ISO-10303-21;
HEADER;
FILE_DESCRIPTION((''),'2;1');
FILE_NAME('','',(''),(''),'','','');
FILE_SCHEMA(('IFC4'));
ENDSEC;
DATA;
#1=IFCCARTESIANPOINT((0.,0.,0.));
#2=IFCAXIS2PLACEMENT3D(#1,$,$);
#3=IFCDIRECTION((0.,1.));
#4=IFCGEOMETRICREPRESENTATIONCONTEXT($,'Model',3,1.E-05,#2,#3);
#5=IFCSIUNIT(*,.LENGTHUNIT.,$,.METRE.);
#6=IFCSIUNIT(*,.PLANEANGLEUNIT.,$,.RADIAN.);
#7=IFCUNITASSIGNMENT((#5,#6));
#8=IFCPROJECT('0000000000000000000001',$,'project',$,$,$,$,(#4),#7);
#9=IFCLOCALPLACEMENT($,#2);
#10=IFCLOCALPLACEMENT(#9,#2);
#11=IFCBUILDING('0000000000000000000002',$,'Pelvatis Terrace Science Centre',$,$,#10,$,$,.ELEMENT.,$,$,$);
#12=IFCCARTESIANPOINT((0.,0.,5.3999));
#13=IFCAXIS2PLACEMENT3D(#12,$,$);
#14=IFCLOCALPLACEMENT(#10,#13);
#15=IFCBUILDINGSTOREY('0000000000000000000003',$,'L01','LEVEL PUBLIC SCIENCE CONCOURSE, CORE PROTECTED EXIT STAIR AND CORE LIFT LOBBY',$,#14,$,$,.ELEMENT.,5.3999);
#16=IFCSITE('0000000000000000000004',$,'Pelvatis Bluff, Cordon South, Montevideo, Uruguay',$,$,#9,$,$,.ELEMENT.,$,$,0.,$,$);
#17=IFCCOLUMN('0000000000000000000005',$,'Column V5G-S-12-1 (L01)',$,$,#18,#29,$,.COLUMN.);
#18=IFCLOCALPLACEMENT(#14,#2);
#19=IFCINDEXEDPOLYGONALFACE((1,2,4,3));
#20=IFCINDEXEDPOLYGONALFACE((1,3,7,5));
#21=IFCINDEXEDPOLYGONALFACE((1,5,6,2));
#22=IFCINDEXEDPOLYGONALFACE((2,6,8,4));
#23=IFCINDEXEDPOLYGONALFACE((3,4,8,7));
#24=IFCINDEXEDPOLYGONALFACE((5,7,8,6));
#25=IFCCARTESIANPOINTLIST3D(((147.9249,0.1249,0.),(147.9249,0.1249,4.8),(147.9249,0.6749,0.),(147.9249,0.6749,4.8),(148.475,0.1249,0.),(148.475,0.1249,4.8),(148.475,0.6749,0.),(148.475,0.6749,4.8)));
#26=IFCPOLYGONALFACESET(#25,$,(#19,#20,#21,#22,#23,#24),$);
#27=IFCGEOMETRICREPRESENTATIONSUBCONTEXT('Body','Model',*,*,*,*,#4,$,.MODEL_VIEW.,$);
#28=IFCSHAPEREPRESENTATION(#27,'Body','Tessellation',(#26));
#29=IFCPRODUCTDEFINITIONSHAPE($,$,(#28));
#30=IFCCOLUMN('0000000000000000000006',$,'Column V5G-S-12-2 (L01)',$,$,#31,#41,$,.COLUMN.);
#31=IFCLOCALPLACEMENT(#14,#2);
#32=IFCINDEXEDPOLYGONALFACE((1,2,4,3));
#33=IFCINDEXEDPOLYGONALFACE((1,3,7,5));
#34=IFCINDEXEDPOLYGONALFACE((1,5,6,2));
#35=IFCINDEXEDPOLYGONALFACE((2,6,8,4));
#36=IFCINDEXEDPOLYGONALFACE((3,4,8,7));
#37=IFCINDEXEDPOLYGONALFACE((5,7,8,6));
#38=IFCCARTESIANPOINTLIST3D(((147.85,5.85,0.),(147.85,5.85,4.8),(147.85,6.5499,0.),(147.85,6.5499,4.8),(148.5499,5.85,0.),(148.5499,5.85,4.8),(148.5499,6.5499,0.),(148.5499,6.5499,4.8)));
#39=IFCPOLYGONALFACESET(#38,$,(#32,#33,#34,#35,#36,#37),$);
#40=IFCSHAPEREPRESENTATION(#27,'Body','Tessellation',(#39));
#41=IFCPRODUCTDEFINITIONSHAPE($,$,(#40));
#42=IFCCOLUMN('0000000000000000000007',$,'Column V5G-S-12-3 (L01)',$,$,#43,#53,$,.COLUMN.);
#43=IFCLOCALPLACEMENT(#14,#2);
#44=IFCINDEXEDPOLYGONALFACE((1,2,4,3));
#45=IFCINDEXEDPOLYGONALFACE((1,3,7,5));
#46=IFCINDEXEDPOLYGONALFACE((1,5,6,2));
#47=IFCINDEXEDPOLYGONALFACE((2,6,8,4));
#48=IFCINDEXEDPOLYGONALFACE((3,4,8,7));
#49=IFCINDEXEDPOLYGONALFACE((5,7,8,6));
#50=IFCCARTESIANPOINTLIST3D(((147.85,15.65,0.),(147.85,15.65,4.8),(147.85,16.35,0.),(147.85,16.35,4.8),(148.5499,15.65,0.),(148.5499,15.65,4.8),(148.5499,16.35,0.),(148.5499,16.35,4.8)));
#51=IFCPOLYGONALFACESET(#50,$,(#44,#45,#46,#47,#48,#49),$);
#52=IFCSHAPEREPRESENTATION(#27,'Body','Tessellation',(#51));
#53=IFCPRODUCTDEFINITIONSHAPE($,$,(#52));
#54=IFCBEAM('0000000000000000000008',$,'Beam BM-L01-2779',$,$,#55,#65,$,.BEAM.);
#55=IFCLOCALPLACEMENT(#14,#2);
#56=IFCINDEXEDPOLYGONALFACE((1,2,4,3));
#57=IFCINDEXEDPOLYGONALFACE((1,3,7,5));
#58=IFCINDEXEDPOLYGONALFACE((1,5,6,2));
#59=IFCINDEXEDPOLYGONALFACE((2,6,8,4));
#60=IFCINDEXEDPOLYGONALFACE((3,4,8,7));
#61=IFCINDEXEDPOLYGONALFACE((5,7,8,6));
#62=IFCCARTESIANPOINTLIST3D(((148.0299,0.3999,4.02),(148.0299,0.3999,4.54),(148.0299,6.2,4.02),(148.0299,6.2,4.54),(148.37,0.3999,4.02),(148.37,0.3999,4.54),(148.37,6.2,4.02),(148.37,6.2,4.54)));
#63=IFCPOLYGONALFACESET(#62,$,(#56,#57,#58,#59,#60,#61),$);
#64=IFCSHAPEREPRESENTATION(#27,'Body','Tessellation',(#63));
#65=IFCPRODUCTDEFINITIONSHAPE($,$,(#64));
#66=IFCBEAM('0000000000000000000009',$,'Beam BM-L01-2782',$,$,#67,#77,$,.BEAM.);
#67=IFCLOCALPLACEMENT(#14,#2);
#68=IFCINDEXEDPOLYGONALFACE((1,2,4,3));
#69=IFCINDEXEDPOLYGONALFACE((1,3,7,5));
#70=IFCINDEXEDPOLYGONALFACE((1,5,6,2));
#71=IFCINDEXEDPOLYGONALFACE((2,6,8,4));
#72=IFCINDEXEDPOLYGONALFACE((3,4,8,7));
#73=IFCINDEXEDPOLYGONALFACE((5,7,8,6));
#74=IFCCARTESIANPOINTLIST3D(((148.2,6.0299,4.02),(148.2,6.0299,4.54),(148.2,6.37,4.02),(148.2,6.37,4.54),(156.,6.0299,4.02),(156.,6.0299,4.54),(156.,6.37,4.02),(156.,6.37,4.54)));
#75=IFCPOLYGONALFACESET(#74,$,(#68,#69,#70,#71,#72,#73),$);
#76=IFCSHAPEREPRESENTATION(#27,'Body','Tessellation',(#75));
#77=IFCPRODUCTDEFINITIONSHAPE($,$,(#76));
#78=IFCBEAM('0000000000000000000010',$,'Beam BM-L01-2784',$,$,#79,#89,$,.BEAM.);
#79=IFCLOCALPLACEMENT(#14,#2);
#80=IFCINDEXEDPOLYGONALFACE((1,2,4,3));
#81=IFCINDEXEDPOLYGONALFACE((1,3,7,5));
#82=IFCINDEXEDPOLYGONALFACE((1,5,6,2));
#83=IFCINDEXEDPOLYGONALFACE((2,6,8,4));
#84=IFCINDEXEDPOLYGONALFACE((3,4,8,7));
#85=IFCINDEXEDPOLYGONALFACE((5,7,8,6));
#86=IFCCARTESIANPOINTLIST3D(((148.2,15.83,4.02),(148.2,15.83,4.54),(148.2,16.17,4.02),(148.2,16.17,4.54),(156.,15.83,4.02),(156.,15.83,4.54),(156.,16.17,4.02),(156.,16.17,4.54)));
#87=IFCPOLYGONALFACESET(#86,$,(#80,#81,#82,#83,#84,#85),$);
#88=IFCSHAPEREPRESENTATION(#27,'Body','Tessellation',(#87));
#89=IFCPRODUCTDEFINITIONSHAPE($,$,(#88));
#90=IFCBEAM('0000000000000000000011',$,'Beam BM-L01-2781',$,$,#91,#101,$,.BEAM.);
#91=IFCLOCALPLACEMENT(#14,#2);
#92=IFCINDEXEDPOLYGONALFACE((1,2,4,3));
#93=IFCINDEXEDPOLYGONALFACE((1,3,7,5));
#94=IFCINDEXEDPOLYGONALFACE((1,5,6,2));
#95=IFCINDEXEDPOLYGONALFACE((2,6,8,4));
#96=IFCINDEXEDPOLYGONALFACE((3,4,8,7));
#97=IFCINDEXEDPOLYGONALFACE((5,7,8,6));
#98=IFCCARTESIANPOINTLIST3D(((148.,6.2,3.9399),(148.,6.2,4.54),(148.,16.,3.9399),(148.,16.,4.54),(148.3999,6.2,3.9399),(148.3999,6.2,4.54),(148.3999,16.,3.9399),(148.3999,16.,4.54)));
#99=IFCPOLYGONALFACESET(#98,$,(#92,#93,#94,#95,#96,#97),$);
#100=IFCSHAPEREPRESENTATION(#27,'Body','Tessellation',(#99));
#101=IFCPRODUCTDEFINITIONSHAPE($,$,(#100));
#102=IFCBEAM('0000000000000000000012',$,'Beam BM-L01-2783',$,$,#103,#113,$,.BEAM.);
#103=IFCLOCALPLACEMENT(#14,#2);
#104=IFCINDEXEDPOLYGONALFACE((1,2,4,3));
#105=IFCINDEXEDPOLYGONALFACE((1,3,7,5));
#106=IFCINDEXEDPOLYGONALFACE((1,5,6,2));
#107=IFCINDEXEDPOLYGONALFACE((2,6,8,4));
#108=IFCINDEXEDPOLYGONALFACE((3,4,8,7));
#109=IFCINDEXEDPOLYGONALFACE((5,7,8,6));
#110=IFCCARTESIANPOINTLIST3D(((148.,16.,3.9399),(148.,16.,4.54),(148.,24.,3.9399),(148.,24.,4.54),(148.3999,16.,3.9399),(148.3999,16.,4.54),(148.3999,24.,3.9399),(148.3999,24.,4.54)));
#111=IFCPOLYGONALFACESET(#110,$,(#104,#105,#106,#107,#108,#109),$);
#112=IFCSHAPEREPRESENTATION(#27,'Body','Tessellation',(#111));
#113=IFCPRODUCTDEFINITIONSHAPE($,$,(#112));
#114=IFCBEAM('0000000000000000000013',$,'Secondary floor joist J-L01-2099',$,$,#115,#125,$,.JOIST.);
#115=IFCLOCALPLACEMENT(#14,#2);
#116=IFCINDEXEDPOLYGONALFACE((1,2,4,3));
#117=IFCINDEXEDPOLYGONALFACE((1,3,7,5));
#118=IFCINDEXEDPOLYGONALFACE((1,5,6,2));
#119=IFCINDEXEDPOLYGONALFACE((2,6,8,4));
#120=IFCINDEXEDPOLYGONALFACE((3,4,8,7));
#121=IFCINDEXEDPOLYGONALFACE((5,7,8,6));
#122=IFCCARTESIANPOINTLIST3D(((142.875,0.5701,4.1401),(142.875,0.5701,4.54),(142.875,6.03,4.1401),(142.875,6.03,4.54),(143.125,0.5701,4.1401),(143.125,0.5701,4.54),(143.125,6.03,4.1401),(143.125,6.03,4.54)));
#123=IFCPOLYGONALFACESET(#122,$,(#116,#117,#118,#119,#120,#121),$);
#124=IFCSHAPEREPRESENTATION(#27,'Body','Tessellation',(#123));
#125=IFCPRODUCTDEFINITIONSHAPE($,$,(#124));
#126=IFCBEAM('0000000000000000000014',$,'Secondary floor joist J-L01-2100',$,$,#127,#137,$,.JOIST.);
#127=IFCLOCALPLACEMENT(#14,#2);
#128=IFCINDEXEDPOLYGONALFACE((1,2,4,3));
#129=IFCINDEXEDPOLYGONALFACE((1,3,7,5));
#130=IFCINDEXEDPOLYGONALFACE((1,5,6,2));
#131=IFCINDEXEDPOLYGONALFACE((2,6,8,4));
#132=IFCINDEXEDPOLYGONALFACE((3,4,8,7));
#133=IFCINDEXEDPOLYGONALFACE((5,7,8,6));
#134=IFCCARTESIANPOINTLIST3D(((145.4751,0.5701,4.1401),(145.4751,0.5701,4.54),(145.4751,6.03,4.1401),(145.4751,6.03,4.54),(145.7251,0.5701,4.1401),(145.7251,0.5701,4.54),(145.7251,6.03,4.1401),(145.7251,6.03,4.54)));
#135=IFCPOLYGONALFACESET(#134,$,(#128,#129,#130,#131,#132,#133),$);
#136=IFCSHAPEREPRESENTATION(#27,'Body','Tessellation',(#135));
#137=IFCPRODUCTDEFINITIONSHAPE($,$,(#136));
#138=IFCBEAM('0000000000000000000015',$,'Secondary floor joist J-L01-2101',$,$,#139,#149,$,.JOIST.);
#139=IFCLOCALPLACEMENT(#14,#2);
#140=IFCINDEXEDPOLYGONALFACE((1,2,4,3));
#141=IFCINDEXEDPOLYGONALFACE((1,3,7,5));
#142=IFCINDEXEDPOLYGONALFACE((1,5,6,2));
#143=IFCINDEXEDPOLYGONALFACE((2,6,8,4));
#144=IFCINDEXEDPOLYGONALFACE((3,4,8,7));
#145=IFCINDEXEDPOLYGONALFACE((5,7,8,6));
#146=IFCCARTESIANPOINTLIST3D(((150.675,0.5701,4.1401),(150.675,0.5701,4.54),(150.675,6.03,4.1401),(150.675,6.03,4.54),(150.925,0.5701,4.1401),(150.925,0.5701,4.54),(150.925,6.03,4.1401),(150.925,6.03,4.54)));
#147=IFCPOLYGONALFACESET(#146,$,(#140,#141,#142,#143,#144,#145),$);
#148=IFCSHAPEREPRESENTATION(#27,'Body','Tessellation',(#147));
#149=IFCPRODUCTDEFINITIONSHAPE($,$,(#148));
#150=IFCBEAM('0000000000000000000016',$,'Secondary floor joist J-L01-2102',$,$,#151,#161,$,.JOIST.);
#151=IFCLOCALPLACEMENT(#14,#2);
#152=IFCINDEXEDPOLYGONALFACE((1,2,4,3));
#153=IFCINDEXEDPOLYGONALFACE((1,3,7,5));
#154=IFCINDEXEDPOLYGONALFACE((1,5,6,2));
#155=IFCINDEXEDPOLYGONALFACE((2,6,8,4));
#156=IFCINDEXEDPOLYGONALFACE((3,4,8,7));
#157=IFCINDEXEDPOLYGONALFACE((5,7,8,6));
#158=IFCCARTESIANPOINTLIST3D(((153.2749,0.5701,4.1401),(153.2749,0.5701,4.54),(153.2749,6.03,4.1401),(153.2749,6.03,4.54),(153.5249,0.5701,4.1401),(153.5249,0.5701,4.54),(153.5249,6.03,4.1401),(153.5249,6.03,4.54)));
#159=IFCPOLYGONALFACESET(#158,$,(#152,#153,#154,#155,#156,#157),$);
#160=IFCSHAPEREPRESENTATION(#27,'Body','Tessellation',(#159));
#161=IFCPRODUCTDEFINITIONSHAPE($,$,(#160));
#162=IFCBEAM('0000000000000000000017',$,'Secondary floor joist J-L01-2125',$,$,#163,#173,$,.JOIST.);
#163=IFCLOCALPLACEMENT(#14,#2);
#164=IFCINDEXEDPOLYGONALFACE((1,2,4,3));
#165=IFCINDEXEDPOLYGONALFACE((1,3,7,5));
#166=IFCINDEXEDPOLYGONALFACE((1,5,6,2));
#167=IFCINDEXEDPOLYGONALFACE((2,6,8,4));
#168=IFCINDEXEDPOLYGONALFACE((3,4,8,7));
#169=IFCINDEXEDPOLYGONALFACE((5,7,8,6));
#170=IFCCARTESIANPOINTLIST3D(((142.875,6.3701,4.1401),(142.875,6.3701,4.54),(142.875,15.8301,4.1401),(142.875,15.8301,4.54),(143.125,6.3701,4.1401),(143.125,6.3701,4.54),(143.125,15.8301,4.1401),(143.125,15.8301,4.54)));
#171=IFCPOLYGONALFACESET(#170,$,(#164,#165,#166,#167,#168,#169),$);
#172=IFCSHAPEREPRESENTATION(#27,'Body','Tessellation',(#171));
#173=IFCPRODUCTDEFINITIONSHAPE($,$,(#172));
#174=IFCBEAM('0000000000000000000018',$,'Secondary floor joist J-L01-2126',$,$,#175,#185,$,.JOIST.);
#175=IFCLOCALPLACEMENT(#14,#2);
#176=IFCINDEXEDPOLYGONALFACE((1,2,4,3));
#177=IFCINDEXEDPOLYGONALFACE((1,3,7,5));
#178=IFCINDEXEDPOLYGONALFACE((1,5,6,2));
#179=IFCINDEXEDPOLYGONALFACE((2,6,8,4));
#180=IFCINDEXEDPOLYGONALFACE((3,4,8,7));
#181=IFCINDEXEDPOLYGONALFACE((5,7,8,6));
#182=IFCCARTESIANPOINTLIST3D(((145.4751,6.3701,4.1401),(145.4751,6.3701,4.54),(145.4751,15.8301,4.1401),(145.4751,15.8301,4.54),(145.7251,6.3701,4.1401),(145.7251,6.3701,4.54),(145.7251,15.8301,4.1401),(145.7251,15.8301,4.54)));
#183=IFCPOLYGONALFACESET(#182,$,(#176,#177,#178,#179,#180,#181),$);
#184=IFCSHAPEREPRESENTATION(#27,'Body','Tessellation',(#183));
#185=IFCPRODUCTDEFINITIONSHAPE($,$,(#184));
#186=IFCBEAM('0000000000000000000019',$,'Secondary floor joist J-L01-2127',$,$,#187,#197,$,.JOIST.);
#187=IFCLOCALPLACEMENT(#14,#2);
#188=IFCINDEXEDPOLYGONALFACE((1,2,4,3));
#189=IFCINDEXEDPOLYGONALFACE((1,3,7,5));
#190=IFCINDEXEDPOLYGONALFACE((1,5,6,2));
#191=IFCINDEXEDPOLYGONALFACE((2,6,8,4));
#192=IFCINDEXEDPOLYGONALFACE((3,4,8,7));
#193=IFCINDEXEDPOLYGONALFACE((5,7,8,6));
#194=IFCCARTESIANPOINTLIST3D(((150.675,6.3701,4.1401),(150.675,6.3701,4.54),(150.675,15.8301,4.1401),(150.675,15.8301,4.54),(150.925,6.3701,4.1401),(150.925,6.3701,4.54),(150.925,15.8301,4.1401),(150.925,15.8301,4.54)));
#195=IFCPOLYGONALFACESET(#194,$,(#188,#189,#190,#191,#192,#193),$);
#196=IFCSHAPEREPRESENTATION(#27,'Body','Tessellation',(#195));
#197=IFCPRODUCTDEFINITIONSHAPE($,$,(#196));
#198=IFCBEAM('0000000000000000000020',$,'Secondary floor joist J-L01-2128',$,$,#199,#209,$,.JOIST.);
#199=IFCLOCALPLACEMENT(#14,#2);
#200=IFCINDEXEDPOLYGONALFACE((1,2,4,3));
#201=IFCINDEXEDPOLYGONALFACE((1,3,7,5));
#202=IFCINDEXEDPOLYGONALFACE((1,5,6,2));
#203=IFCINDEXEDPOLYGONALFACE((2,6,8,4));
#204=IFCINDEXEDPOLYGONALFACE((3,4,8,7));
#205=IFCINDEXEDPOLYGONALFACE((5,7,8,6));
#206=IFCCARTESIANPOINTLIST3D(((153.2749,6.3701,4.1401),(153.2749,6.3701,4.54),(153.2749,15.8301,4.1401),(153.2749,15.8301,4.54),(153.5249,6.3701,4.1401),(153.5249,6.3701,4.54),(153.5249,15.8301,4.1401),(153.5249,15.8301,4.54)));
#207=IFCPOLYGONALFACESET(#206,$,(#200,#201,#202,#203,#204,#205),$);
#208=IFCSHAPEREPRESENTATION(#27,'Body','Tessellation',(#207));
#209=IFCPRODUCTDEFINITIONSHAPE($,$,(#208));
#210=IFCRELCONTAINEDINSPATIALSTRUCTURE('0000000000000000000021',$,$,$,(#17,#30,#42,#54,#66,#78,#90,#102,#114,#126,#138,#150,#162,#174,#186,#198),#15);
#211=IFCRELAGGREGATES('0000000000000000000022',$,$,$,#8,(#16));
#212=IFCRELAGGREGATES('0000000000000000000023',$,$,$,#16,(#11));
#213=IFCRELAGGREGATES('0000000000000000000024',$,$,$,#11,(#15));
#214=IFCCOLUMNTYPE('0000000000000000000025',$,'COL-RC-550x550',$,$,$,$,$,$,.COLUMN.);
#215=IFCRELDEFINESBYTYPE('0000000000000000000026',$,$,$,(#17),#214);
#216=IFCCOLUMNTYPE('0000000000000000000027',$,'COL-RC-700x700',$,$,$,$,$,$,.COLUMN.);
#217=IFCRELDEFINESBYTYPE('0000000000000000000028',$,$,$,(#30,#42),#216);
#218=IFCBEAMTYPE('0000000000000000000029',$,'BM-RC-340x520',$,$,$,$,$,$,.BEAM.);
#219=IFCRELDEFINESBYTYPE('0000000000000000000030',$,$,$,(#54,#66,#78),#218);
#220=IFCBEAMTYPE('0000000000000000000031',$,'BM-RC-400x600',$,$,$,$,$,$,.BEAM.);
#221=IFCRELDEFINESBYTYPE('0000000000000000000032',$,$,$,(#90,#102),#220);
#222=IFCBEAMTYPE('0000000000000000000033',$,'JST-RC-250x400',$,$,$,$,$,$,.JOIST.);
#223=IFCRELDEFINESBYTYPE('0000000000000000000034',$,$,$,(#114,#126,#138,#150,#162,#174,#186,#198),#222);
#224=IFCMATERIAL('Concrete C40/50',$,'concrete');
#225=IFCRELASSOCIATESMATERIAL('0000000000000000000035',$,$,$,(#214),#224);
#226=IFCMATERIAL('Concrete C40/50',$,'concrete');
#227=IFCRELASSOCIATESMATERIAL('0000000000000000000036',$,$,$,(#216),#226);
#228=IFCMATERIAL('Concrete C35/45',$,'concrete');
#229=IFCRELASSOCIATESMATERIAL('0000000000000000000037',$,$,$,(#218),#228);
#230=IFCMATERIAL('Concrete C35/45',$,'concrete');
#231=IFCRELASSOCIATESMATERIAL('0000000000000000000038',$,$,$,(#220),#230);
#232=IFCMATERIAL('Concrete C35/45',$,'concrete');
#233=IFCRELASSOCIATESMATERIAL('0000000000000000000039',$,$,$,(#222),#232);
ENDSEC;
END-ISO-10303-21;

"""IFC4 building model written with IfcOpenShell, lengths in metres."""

from ifc_helpers import new_model, si_unit, direction, frame, origin, origin_2d, place, context, subcontext, project, spatial, rectangle, extrude, material, material_profile, profile_set, type_object, element, save


model = new_model("IFC4")

# Units and contexts
model_context = context("Model", 3, precision=1e-05, world=origin(), true_north=direction((0.0, 1.0)))
body_context = subcontext(model_context, "Body", "Model", "MODEL_VIEW")
ifc_project = project(units=[si_unit("LENGTHUNIT", "METRE"), si_unit("PLANEANGLEUNIT", "RADIAN")], contexts=[model_context])

# Site, building, storey
site_placement = place(None, origin())
site = spatial("IfcSite", under=ifc_project, at=site_placement, Name="Pelvatis Bluff, Cordon South, Montevideo, Uruguay", CompositionType="ELEMENT", RefElevation=0.0)
building_placement = place(site_placement, origin())
building = spatial("IfcBuilding", under=site, at=building_placement, Name="Pelvatis Terrace Science Centre", CompositionType="ELEMENT")
storey_placement = place(building_placement, frame((0.0, 0.0, 5.3999)))
storey = spatial("IfcBuildingStorey", under=building, at=storey_placement, Name="L01", Description="LEVEL PUBLIC SCIENCE CONCOURSE, CORE PROTECTED EXIT STAIR AND CORE LIFT LOBBY", CompositionType="ELEMENT", Elevation=5.3999)

# Columns
ifc_material_1 = material(Name="Concrete C40/50", Category="concrete")
ifc_material_profile_1 = material_profile(ifc_material_1, rectangle(XDim=0.55, YDim=0.55, at=origin_2d()), Name="RC-COL 550x550")
ifc_profile_set_1 = profile_set([ifc_material_profile_1], Name="Concrete C40/50")
column_type_1 = type_object("IfcColumnType", Name="COL-RC-550x550", PredefinedType="COLUMN", material=ifc_profile_set_1)
column_placement = place(storey_placement, frame((148.2, 0.3999, 0.0), z_axis=(0.0, 0.0, 1.0), x_axis=(1.0, 0.0, 0.0)))
element("IfcColumn", 1, at=column_placement, inside=storey, type_object=column_type_1, Name="Column V5G-S-12-1 (L01)", PredefinedType="COLUMN", context=body_context, shape_type="SweptSolid", body=[
    extrude(rectangle(XDim=0.55, YDim=0.55, at=origin_2d()), origin(), (0.0, 0.0, 1.0), 4.8),
])
ifc_material_2 = material(Name="Concrete C40/50", Category="concrete")
ifc_material_profile_2 = material_profile(ifc_material_2, rectangle(XDim=0.7, YDim=0.7, at=origin_2d()), Name="RC-COL 700x700")
ifc_profile_set_2 = profile_set([ifc_material_profile_2], Name="Concrete C40/50")
column_type_2 = type_object("IfcColumnType", Name="COL-RC-700x700", PredefinedType="COLUMN", material=ifc_profile_set_2)
for number, where, z_axis, x_axis, name in (
    (2, (148.2, 6.2, 0.0), (0.0, 0.0, 1.0), (1.0, 0.0, 0.0), "Column V5G-S-12-2 (L01)"),
    (3, (148.2, 16.0, 0.0), (0.0, 0.0, 1.0), (1.0, 0.0, 0.0), "Column V5G-S-12-3 (L01)"),
):
    element("IfcColumn", number, at=place(storey_placement, frame(where, z_axis=z_axis, x_axis=x_axis)), inside=storey, type_object=column_type_2, Name=name, PredefinedType="COLUMN", context=body_context, shape_type="SweptSolid", body=[
        extrude(rectangle(XDim=0.7, YDim=0.7, at=origin_2d()), origin(), (0.0, 0.0, 1.0), 4.8),
    ])

# Beams
ifc_material_3 = material(Name="Concrete C35/45", Category="concrete")
ifc_material_profile_3 = material_profile(ifc_material_3, rectangle(XDim=0.3401, YDim=0.52, at=origin_2d()), Name="RC-BM 340x520")
ifc_profile_set_3 = profile_set([ifc_material_profile_3], Name="Concrete C35/45")
beam_type_1 = type_object("IfcBeamType", Name="BM-RC-340x520", PredefinedType="BEAM", material=ifc_profile_set_3)
beam_1_placement = place(storey_placement, frame((148.2, 0.3999, 4.28), z_axis=(0.0, 1.0, 0.0), x_axis=(-1.0, 0.0, 0.0)))
element("IfcBeam", 4, at=beam_1_placement, inside=storey, type_object=beam_type_1, Name="Beam BM-L01-2779", PredefinedType="BEAM", context=body_context, shape_type="SweptSolid", body=[
    extrude(rectangle(XDim=0.3401, YDim=0.52, at=origin_2d()), origin(), (0.0, 0.0, 1.0), 5.8),
])
for number, where, z_axis, x_axis, name in (
    (5, (148.2, 6.2, 4.28), (1.0, 0.0, 0.0), (0.0, 1.0, 0.0), "Beam BM-L01-2782"),
    (6, (148.2, 16.0, 4.28), (1.0, 0.0, 0.0), (0.0, 1.0, 0.0), "Beam BM-L01-2784"),
):
    element("IfcBeam", number, at=place(storey_placement, frame(where, z_axis=z_axis, x_axis=x_axis)), inside=storey, type_object=beam_type_1, Name=name, PredefinedType="BEAM", context=body_context, shape_type="SweptSolid", body=[
        extrude(rectangle(XDim=0.3401, YDim=0.52, at=origin_2d()), origin(), (0.0, 0.0, 1.0), 7.8),
    ])
ifc_material_4 = material(Name="Concrete C35/45", Category="concrete")
ifc_material_profile_4 = material_profile(ifc_material_4, rectangle(XDim=0.3999, YDim=0.6001, at=origin_2d()), Name="RC-BM 400x600")
ifc_profile_set_4 = profile_set([ifc_material_profile_4], Name="Concrete C35/45")
beam_type_2 = type_object("IfcBeamType", Name="BM-RC-400x600", PredefinedType="BEAM", material=ifc_profile_set_4)
beam_2_placement = place(storey_placement, frame((148.2, 6.2, 4.24), z_axis=(0.0, 1.0, 0.0), x_axis=(-1.0, 0.0, 0.0)))
element("IfcBeam", 7, at=beam_2_placement, inside=storey, type_object=beam_type_2, Name="Beam BM-L01-2781", PredefinedType="BEAM", context=body_context, shape_type="SweptSolid", body=[
    extrude(rectangle(XDim=0.3999, YDim=0.6001, at=origin_2d()), origin(), (0.0, 0.0, 1.0), 9.8),
])
beam_3_placement = place(storey_placement, frame((148.2, 16.0, 4.24), z_axis=(0.0, 1.0, 0.0), x_axis=(-1.0, 0.0, 0.0)))
element("IfcBeam", 8, at=beam_3_placement, inside=storey, type_object=beam_type_2, Name="Beam BM-L01-2783", PredefinedType="BEAM", context=body_context, shape_type="SweptSolid", body=[
    extrude(rectangle(XDim=0.3999, YDim=0.6001, at=origin_2d()), origin(), (0.0, 0.0, 1.0), 8.0),
])
ifc_material_5 = material(Name="Concrete C35/45", Category="concrete")
ifc_material_profile_5 = material_profile(ifc_material_5, rectangle(XDim=0.25, YDim=0.3999, at=origin_2d()), Name="RC-JST 250x400")
ifc_profile_set_5 = profile_set([ifc_material_profile_5], Name="Concrete C35/45")
beam_type_3 = type_object("IfcBeamType", Name="JST-RC-250x400", PredefinedType="JOIST", material=ifc_profile_set_5)
for number, where, z_axis, x_axis, name in (
    (9, (143.0, 0.5701, 4.3401), (0.0, 1.0, 0.0), (-1.0, 0.0, 0.0), "Secondary floor joist J-L01-2099"),
    (10, (145.6001, 0.5701, 4.3401), (0.0, 1.0, 0.0), (-1.0, 0.0, 0.0), "Secondary floor joist J-L01-2100"),
    (11, (150.8, 0.5701, 4.3401), (0.0, 1.0, 0.0), (-1.0, 0.0, 0.0), "Secondary floor joist J-L01-2101"),
    (12, (153.3999, 0.5701, 4.3401), (0.0, 1.0, 0.0), (-1.0, 0.0, 0.0), "Secondary floor joist J-L01-2102"),
):
    element("IfcBeam", number, at=place(storey_placement, frame(where, z_axis=z_axis, x_axis=x_axis)), inside=storey, type_object=beam_type_3, Name=name, PredefinedType="JOIST", context=body_context, shape_type="SweptSolid", body=[
        extrude(rectangle(XDim=0.25, YDim=0.3999, at=origin_2d()), origin(), (0.0, 0.0, 1.0), 5.46),
    ])
for number, where, z_axis, x_axis, name in (
    (13, (143.0, 6.3701, 4.3401), (0.0, 1.0, 0.0), (-1.0, 0.0, 0.0), "Secondary floor joist J-L01-2125"),
    (14, (145.6001, 6.3701, 4.3401), (0.0, 1.0, 0.0), (-1.0, 0.0, 0.0), "Secondary floor joist J-L01-2126"),
    (15, (150.8, 6.3701, 4.3401), (0.0, 1.0, 0.0), (-1.0, 0.0, 0.0), "Secondary floor joist J-L01-2127"),
    (16, (153.3999, 6.3701, 4.3401), (0.0, 1.0, 0.0), (-1.0, 0.0, 0.0), "Secondary floor joist J-L01-2128"),
):
    element("IfcBeam", number, at=place(storey_placement, frame(where, z_axis=z_axis, x_axis=x_axis)), inside=storey, type_object=beam_type_3, Name=name, PredefinedType="JOIST", context=body_context, shape_type="SweptSolid", body=[
        extrude(rectangle(XDim=0.25, YDim=0.3999, at=origin_2d()), origin(), (0.0, 0.0, 1.0), 9.46),
    ])

save(model, "model.ifc")
